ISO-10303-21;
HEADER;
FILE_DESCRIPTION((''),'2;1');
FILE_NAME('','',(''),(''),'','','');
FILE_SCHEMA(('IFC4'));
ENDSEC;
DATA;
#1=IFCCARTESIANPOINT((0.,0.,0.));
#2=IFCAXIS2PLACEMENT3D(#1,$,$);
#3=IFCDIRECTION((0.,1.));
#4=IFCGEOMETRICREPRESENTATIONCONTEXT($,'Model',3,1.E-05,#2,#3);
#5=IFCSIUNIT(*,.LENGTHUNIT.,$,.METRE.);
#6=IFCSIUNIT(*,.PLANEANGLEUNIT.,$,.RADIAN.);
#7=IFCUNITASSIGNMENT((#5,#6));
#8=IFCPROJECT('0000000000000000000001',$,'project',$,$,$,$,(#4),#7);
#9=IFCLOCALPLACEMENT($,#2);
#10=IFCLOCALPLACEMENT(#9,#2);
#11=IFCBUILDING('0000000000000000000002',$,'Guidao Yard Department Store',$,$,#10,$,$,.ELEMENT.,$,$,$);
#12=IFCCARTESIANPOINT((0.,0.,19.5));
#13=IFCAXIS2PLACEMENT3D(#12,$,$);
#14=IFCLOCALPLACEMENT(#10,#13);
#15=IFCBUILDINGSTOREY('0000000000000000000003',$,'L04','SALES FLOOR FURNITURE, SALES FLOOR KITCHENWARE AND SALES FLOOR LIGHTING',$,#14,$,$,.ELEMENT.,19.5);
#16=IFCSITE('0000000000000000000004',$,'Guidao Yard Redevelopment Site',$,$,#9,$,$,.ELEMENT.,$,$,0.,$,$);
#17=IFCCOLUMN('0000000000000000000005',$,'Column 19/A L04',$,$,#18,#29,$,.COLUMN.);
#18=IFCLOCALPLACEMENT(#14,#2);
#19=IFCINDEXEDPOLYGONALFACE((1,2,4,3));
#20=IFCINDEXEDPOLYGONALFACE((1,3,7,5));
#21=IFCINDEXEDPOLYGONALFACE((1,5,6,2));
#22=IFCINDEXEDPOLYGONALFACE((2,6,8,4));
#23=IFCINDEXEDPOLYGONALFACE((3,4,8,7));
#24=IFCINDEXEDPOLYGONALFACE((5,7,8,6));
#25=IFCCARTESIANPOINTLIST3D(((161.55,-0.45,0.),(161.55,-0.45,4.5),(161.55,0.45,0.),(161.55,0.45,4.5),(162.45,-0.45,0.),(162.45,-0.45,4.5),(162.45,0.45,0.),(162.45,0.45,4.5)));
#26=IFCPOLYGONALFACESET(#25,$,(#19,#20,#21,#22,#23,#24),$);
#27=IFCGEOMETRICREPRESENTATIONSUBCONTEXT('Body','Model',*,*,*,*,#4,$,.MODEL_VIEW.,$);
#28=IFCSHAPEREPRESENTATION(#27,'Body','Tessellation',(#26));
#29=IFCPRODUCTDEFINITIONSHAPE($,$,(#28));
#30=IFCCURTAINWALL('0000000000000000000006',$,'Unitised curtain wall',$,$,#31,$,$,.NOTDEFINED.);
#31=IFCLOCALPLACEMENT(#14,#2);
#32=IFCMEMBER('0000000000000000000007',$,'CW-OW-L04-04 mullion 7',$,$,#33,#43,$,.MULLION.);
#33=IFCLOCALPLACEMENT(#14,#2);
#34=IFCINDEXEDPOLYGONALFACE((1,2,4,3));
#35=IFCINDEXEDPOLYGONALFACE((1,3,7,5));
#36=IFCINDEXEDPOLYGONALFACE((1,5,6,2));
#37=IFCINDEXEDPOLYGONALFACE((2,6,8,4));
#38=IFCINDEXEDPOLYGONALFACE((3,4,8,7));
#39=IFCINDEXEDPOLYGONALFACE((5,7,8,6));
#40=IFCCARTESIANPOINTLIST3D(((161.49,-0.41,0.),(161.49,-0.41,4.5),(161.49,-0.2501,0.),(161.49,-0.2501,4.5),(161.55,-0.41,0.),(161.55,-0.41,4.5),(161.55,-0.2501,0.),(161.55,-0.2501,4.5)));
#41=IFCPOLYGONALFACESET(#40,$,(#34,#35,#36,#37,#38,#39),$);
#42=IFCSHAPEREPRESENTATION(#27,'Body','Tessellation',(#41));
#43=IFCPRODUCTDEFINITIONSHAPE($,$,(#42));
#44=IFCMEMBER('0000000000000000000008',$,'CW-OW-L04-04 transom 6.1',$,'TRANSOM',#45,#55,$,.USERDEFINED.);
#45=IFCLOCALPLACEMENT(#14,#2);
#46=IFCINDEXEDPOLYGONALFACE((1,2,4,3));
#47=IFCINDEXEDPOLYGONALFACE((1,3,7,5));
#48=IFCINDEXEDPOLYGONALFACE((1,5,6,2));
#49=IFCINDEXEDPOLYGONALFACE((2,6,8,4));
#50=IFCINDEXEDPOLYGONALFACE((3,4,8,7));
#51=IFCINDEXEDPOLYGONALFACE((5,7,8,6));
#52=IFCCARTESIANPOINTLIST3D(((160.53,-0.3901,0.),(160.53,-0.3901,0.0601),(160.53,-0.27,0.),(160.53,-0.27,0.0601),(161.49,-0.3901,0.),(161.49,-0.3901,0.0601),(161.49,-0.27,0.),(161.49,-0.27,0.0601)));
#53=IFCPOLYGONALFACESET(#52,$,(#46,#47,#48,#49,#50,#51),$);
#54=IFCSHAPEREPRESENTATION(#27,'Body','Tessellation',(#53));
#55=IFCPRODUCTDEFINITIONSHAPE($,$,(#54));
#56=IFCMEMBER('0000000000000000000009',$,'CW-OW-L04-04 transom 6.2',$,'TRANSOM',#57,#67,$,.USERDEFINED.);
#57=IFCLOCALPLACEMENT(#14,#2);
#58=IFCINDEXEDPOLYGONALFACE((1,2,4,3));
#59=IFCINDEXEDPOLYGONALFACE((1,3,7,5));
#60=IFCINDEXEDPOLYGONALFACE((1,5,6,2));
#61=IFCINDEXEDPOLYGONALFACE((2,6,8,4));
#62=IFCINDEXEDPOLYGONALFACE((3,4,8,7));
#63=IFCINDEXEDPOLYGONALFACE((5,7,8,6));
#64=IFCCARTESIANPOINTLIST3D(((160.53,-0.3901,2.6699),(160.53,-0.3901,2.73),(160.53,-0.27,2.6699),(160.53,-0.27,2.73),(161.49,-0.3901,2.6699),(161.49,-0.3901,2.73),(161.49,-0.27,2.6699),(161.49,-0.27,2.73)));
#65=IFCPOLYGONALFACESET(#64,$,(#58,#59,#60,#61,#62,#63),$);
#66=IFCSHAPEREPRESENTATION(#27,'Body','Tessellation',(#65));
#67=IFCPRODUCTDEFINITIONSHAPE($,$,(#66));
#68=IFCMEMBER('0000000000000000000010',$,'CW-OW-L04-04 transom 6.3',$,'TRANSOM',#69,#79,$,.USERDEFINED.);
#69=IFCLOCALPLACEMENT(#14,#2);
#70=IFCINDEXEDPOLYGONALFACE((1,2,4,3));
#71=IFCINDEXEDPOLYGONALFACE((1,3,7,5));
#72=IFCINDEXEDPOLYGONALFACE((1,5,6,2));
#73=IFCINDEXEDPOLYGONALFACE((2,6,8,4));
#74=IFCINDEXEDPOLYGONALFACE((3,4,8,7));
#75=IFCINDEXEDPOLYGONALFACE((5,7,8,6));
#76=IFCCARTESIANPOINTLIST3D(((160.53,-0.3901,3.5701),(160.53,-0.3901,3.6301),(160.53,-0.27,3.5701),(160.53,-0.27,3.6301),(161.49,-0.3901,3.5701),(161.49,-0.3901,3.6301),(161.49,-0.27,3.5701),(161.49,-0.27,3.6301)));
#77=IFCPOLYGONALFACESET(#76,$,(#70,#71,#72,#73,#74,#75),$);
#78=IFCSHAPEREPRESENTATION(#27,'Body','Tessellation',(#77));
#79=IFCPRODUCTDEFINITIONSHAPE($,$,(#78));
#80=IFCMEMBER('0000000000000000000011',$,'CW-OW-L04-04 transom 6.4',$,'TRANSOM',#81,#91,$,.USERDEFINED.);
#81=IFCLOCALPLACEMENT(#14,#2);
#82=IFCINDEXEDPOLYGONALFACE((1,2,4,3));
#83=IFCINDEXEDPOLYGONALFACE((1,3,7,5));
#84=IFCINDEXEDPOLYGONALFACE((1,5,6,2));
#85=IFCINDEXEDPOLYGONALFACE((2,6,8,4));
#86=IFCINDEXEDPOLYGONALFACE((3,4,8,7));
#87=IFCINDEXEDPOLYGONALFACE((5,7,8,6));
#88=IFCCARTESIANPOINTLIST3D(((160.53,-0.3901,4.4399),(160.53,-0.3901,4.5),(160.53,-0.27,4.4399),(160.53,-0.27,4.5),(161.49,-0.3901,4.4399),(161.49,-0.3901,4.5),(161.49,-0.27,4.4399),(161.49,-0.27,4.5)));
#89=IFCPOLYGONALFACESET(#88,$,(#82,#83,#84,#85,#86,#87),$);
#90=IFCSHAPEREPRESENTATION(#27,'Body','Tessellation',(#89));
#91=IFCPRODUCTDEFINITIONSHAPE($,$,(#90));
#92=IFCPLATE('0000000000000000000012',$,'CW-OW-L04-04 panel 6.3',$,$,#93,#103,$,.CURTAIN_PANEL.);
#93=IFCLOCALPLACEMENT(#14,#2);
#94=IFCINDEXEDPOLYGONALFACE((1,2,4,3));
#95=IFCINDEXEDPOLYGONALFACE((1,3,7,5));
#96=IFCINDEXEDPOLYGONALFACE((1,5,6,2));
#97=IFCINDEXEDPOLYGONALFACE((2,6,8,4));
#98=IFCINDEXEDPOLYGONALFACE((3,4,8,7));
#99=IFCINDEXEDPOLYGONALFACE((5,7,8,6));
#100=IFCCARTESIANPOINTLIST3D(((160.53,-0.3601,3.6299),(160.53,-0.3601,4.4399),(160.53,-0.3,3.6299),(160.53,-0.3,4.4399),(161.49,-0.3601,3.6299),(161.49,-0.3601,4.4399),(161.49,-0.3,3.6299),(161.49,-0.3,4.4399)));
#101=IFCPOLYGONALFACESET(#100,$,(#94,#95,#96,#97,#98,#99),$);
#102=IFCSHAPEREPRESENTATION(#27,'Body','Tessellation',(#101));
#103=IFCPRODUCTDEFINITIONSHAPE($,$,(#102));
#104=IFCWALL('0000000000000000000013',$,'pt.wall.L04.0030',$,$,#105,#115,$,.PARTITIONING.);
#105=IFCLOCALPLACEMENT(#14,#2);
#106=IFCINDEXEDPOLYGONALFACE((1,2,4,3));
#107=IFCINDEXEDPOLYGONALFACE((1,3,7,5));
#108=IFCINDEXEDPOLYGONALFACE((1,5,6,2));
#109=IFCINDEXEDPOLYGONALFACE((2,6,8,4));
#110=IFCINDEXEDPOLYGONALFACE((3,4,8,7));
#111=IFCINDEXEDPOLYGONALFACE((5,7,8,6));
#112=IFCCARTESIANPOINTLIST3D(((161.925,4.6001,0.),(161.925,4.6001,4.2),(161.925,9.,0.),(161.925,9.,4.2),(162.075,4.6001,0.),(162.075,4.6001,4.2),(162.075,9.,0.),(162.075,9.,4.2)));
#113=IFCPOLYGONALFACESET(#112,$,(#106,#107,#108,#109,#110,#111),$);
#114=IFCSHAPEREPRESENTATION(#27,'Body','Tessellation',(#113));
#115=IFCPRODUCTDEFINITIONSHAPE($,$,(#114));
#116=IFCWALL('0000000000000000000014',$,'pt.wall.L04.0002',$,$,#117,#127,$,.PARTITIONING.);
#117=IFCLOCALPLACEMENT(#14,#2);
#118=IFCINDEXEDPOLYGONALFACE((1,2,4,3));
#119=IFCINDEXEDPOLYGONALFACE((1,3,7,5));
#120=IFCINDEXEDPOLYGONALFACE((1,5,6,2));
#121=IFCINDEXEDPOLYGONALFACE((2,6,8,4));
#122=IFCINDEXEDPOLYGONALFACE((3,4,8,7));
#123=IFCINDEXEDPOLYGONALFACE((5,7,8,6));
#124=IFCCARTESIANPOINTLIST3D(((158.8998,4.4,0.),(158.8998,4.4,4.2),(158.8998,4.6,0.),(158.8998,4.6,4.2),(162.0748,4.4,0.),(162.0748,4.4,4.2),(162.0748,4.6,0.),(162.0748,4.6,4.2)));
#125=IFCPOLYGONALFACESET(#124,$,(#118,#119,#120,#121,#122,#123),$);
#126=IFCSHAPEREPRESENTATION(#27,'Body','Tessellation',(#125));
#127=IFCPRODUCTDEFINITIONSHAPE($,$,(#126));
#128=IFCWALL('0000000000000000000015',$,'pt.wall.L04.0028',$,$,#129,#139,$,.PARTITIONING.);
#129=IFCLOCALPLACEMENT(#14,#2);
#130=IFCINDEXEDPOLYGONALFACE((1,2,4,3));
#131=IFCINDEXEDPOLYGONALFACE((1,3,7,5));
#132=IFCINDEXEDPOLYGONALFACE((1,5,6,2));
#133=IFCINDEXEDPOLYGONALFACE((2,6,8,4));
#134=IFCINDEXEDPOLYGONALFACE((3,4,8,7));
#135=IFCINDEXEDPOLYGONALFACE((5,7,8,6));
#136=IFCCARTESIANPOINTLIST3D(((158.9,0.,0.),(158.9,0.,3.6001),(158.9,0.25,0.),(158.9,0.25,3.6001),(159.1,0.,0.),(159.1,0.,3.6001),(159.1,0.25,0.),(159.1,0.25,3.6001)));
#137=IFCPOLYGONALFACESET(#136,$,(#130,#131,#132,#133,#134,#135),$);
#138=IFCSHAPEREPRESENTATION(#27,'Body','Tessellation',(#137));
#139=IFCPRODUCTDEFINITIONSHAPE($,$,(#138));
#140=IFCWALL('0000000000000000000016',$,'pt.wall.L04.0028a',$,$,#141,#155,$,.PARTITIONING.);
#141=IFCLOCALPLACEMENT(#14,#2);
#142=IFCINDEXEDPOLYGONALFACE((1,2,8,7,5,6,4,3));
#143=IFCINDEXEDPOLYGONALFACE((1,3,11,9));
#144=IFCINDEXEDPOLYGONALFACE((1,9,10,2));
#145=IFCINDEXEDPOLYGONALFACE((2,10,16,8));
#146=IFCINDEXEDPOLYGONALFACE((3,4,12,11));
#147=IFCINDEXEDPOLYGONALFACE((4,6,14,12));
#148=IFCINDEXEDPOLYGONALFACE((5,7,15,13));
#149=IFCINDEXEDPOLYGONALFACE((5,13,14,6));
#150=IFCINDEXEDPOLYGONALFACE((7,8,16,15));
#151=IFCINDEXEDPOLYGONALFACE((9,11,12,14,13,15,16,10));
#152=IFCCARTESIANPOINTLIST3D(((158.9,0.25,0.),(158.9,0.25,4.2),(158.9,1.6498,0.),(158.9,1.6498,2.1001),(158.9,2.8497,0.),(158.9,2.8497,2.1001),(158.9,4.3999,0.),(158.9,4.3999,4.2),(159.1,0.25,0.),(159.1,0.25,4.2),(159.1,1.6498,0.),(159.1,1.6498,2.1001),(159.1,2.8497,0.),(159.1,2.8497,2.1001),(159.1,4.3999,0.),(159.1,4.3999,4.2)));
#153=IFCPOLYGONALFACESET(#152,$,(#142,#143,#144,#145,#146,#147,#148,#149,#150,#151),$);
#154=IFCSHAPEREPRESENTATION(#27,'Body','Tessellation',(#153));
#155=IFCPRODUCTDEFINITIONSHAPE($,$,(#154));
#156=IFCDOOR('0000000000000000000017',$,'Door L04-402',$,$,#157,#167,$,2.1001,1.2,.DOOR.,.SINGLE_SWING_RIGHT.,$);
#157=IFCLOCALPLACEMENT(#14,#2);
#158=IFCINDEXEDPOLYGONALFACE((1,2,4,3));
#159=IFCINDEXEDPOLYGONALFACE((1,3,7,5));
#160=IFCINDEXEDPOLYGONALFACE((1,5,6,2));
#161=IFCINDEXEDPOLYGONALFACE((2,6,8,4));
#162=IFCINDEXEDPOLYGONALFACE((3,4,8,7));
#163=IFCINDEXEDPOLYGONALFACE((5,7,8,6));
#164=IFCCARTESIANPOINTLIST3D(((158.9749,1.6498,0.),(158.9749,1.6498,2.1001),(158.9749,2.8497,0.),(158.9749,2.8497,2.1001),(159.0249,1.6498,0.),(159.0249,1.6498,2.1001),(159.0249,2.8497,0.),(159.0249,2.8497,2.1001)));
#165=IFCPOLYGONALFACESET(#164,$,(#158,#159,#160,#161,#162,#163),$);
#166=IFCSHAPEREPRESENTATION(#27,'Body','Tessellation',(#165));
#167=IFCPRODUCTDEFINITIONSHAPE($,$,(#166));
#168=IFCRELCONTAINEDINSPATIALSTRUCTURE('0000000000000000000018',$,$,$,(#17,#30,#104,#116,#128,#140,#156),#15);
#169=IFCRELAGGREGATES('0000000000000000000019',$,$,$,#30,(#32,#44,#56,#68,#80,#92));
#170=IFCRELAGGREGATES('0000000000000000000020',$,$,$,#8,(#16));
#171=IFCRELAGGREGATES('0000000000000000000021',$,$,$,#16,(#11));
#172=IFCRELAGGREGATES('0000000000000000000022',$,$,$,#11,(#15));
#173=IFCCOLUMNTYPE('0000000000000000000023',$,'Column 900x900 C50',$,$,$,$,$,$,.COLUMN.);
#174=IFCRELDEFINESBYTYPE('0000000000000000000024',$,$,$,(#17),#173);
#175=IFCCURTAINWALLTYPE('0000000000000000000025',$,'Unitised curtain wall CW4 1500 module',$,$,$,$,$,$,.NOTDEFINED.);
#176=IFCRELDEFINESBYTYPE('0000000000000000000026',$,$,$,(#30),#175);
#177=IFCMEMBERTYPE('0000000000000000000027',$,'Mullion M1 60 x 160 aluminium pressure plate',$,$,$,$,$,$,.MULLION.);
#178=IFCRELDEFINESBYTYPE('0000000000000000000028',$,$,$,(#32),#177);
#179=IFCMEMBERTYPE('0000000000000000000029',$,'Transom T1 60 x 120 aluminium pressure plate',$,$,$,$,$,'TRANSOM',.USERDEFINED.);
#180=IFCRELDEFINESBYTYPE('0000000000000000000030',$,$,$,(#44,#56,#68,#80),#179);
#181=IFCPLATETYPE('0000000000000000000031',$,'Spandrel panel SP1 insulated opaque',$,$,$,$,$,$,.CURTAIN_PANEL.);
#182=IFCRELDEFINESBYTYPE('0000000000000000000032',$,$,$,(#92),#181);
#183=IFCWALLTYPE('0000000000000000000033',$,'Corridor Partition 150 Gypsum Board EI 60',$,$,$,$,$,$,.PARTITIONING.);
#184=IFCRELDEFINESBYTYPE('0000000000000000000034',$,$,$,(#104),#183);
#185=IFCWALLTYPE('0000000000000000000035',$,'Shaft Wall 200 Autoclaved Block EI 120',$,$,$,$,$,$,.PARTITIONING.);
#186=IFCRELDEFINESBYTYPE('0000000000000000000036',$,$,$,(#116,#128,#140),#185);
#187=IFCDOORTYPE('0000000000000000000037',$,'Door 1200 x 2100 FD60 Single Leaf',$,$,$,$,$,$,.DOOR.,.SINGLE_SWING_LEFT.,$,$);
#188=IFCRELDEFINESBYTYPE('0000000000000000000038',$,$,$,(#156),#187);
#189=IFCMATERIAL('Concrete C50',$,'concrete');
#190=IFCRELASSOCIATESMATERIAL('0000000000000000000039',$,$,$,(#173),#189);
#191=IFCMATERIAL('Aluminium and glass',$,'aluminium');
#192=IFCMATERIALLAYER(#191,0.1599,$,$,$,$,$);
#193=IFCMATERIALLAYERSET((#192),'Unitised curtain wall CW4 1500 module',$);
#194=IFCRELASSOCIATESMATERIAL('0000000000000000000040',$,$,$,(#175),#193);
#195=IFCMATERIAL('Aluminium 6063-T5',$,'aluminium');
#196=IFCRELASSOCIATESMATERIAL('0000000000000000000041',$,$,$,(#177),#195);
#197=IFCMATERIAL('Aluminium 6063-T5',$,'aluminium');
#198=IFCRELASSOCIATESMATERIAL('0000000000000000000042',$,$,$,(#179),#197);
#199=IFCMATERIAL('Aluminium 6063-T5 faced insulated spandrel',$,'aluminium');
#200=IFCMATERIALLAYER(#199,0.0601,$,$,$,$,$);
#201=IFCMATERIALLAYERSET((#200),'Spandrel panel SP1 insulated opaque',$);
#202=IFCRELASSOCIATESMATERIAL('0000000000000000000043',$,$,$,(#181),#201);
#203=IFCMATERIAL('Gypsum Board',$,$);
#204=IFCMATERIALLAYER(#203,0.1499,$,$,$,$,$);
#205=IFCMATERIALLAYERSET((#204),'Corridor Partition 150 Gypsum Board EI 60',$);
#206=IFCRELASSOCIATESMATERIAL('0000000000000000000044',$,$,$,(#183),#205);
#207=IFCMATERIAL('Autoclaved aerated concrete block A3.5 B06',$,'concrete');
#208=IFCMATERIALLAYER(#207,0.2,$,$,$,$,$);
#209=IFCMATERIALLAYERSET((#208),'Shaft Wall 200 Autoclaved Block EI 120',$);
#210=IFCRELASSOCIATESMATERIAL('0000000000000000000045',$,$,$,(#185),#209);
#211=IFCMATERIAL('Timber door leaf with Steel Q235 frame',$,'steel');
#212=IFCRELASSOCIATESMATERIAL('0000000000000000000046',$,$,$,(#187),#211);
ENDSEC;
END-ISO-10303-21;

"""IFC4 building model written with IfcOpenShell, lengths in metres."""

from ifc_helpers import new_model, si_unit, direction, frame, frame_2d, origin, origin_2d, place, context, subcontext, project, spatial, rectangle, extrude, material, layer, layer_set, material_profile, profile_set, type_object, element, fill, aggregate, save


model = new_model("IFC4")

# Units and contexts
model_context = context("Model", 3, precision=1e-05, world=origin(), true_north=direction((0.0, 1.0)))
body_context = subcontext(model_context, "Body", "Model", "MODEL_VIEW")
ifc_project = project(units=[si_unit("LENGTHUNIT", "METRE"), si_unit("PLANEANGLEUNIT", "RADIAN")], contexts=[model_context])

# Site, building, storey
site_placement = place(None, origin())
site = spatial("IfcSite", under=ifc_project, at=site_placement, Name="Guidao Yard Redevelopment Site", CompositionType="ELEMENT", RefElevation=0.0)
building_placement = place(site_placement, origin())
building = spatial("IfcBuilding", under=site, at=building_placement, Name="Guidao Yard Department Store", CompositionType="ELEMENT")
storey_placement = place(building_placement, frame((0.0, 0.0, 19.5)))
storey = spatial("IfcBuildingStorey", under=building, at=storey_placement, Name="L04", Description="SALES FLOOR FURNITURE, SALES FLOOR KITCHENWARE AND SALES FLOOR LIGHTING", CompositionType="ELEMENT", Elevation=19.5)

# Column
ifc_material_1 = material(Name="Concrete C50", Category="concrete")
ifc_material_profile_1 = material_profile(ifc_material_1, rectangle(XDim=0.8999, YDim=0.8999, at=origin_2d()), Name="COL 900x900")
ifc_profile_set_1 = profile_set([ifc_material_profile_1], Name="Concrete C50")
column_type = type_object("IfcColumnType", Name="Column 900x900 C50", PredefinedType="COLUMN", material=ifc_profile_set_1)
column_placement = place(storey_placement, frame((162.0, 0.0, 0.0), z_axis=(0.0, 0.0, 1.0), x_axis=(1.0, 0.0, 0.0)))
element("IfcColumn", 1, at=column_placement, inside=storey, type_object=column_type, Name="Column 19/A L04", PredefinedType="COLUMN", context=body_context, shape_type="SweptSolid", body=[
    extrude(rectangle(XDim=0.8999, YDim=0.8999, at=origin_2d()), origin(), (0.0, 0.0, 1.0), 4.5),
])

# Curtain wall, members, plate
ifc_material_2 = material(Name="Aluminium and glass", Category="aluminium")
ifc_layer_1 = layer(ifc_material_2, 0.1599)
ifc_layer_set_1 = layer_set([ifc_layer_1], Name="Unitised curtain wall CW4 1500 module")
curtain_wall_type = type_object("IfcCurtainWallType", Name="Unitised curtain wall CW4 1500 module", PredefinedType="NOTDEFINED", material=ifc_layer_set_1)
curtain_wall_placement = place(storey_placement, origin())
curtain_wall = element("IfcCurtainWall", 2, at=curtain_wall_placement, inside=storey, type_object=curtain_wall_type, Name="Unitised curtain wall", PredefinedType="NOTDEFINED")
ifc_material_3 = material(Name="Aluminium 6063-T5", Category="aluminium")
ifc_material_profile_2 = material_profile(ifc_material_3, rectangle(XDim=0.0601, YDim=0.1599, at=origin_2d()), Name="Mullion M1 60 x 160 aluminium pressure plate")
ifc_profile_set_2 = profile_set([ifc_material_profile_2], Name="Aluminium 6063-T5")
member_type_1 = type_object("IfcMemberType", Name="Mullion M1 60 x 160 aluminium pressure plate", PredefinedType="MULLION", material=ifc_profile_set_2)
member_1_placement = place(storey_placement, frame((161.52, -0.3301, 0.0), z_axis=(0.0, 0.0, 1.0), x_axis=(-1.0, 0.0, 0.0)))
member_1 = element("IfcMember", 3, at=member_1_placement, type_object=member_type_1, Name="CW-OW-L04-04 mullion 7", PredefinedType="MULLION", context=body_context, shape_type="SweptSolid", body=[
    extrude(rectangle(XDim=0.0601, YDim=0.1599, at=origin_2d()), origin(), (0.0, 0.0, 1.0), 4.5),
])
ifc_material_4 = material(Name="Aluminium 6063-T5", Category="aluminium")
ifc_material_profile_3 = material_profile(ifc_material_4, rectangle(XDim=0.1201, YDim=0.0601, at=origin_2d()), Name="Transom T1 60 x 120 aluminium pressure plate")
ifc_profile_set_3 = profile_set([ifc_material_profile_3], Name="Aluminium 6063-T5")
member_type_2 = type_object("IfcMemberType", Name="Transom T1 60 x 120 aluminium pressure plate", ElementType="TRANSOM", PredefinedType="USERDEFINED", material=ifc_profile_set_3)
member_2_placement = place(storey_placement, frame((161.49, -0.3301, 0.03), z_axis=(-1.0, 0.0, 0.0), x_axis=(0.0, -1.0, 0.0)))
member_2 = element("IfcMember", 4, at=member_2_placement, type_object=member_type_2, Name="CW-OW-L04-04 transom 6.1", ObjectType="TRANSOM", PredefinedType="USERDEFINED", context=body_context, shape_type="SweptSolid", body=[
    extrude(rectangle(XDim=0.1201, YDim=0.0601, at=origin_2d()), origin(), (0.0, 0.0, 1.0), 0.96),
])
member_3_placement = place(storey_placement, frame((161.49, -0.3301, 2.7), z_axis=(-1.0, 0.0, 0.0), x_axis=(0.0, -1.0, 0.0)))
member_3 = element("IfcMember", 5, at=member_3_placement, type_object=member_type_2, Name="CW-OW-L04-04 transom 6.2", ObjectType="TRANSOM", PredefinedType="USERDEFINED", context=body_context, shape_type="SweptSolid", body=[
    extrude(rectangle(XDim=0.1201, YDim=0.0601, at=origin_2d()), origin(), (0.0, 0.0, 1.0), 0.96),
])
member_4_placement = place(storey_placement, frame((161.49, -0.3301, 3.6001), z_axis=(-1.0, 0.0, 0.0), x_axis=(0.0, -1.0, 0.0)))
member_4 = element("IfcMember", 6, at=member_4_placement, type_object=member_type_2, Name="CW-OW-L04-04 transom 6.3", ObjectType="TRANSOM", PredefinedType="USERDEFINED", context=body_context, shape_type="SweptSolid", body=[
    extrude(rectangle(XDim=0.1201, YDim=0.0601, at=origin_2d()), origin(), (0.0, 0.0, 1.0), 0.96),
])
member_5_placement = place(storey_placement, frame((161.49, -0.3301, 4.47), z_axis=(-1.0, 0.0, 0.0), x_axis=(0.0, -1.0, 0.0)))
member_5 = element("IfcMember", 7, at=member_5_placement, type_object=member_type_2, Name="CW-OW-L04-04 transom 6.4", ObjectType="TRANSOM", PredefinedType="USERDEFINED", context=body_context, shape_type="SweptSolid", body=[
    extrude(rectangle(XDim=0.1201, YDim=0.0601, at=origin_2d()), origin(), (0.0, 0.0, 1.0), 0.96),
])
ifc_material_5 = material(Name="Aluminium 6063-T5 faced insulated spandrel", Category="aluminium")
ifc_layer_2 = layer(ifc_material_5, 0.0601)
ifc_layer_set_2 = layer_set([ifc_layer_2], Name="Spandrel panel SP1 insulated opaque")
plate_type = type_object("IfcPlateType", Name="Spandrel panel SP1 insulated opaque", PredefinedType="CURTAIN_PANEL", material=ifc_layer_set_2)
plate_placement = place(storey_placement, frame((161.01, -0.3301, 3.6299), z_axis=(0.0, 0.0, 1.0), x_axis=(-1.0, 0.0, 0.0)))
plate = element("IfcPlate", 8, at=plate_placement, type_object=plate_type, Name="CW-OW-L04-04 panel 6.3", PredefinedType="CURTAIN_PANEL", context=body_context, shape_type="SweptSolid", body=[
    extrude(rectangle(XDim=0.96, YDim=0.0601, at=origin_2d()), origin(), (0.0, 0.0, 1.0), 0.8101),
])
aggregate(curtain_wall, [member_1, member_2, member_3, member_4, member_5, plate])

# Walls
ifc_material_6 = material(Name="Gypsum Board")
ifc_layer_3 = layer(ifc_material_6, 0.1499)
ifc_layer_set_3 = layer_set([ifc_layer_3], Name="Corridor Partition 150 Gypsum Board EI 60")
wall_type_1 = type_object("IfcWallType", Name="Corridor Partition 150 Gypsum Board EI 60", PredefinedType="PARTITIONING", material=ifc_layer_set_3)
wall_1_placement = place(storey_placement, frame((162.0, 4.6001, 0.0), z_axis=(0.0, 0.0, 1.0), x_axis=(0.0, 1.0, 0.0)))
element("IfcWall", 9, at=wall_1_placement, inside=storey, type_object=wall_type_1, Name="pt.wall.L04.0030", PredefinedType="PARTITIONING", context=body_context, shape_type="SweptSolid", body=[
    extrude(rectangle(XDim=4.3999, YDim=0.1499, at=frame_2d((2.2, 0.0))), origin(), (0.0, 0.0, 1.0), 4.2),
])
ifc_material_7 = material(Name="Autoclaved aerated concrete block A3.5 B06", Category="concrete")
ifc_layer_4 = layer(ifc_material_7, 0.2)
ifc_layer_set_4 = layer_set([ifc_layer_4], Name="Shaft Wall 200 Autoclaved Block EI 120")
wall_type_2 = type_object("IfcWallType", Name="Shaft Wall 200 Autoclaved Block EI 120", PredefinedType="PARTITIONING", material=ifc_layer_set_4)
wall_2_placement = place(storey_placement, frame((158.8999, 4.5, 0.0), z_axis=(0.0, 0.0, 1.0), x_axis=(1.0, 0.0, 0.0)))
element("IfcWall", 10, at=wall_2_placement, inside=storey, type_object=wall_type_2, Name="pt.wall.L04.0002", PredefinedType="PARTITIONING", context=body_context, shape_type="SweptSolid", body=[
    extrude(rectangle(XDim=3.175, YDim=0.2, at=frame_2d((1.5874, 0.0))), origin(), (0.0, 0.0, 1.0), 4.2),
])
wall_3_placement = place(storey_placement, frame((159.0, 0.0, 0.0), z_axis=(0.0, 0.0, 1.0), x_axis=(0.0, 1.0, 0.0)))
element("IfcWall", 11, at=wall_3_placement, inside=storey, type_object=wall_type_2, Name="pt.wall.L04.0028", PredefinedType="PARTITIONING", context=body_context, shape_type="SweptSolid", body=[
    extrude(rectangle(XDim=0.25, YDim=0.2, at=frame_2d((0.125, 0.0))), origin(), (0.0, 0.0, 1.0), 3.6001),
])

# Wall, opening, door
wall_4_placement = place(storey_placement, frame((159.0, 0.25, 0.0), z_axis=(0.0, 0.0, 1.0), x_axis=(0.0, 1.0, 0.0)))
wall_4 = element("IfcWall", 12, at=wall_4_placement, inside=storey, type_object=wall_type_2, Name="pt.wall.L04.0028a", PredefinedType="PARTITIONING", context=body_context, shape_type="SweptSolid", body=[
    extrude(rectangle(XDim=4.1499, YDim=0.2, at=frame_2d((2.075, 0.0))), origin(), (0.0, 0.0, 1.0), 4.2),
])
opening_1_placement = place(wall_4_placement, frame((2.5999, 0.0, 0.0), z_axis=(0.0, 0.0, 1.0), x_axis=(-1.0, 0.0, 0.0)))
opening_1 = element("IfcOpeningElement", 13, at=opening_1_placement, cuts=wall_4, PredefinedType="OPENING", context=body_context, shape_type="SweptSolid", body=[
    extrude(rectangle(XDim=1.2, YDim=2.1001, at=frame_2d((0.6001, 1.05))), frame((0.0, 0.1099, 0.0), z_axis=(0.0, -1.0, 0.0), x_axis=(1.0, 0.0, 0.0)), (0.0, 0.0, 1.0), 0.22),
])
ifc_material_8 = material(Name="Timber door leaf with Steel Q235 frame", Category="steel")
door_type_1 = type_object("IfcDoorType", Name="Door 1200 x 2100 FD60 Single Leaf", OperationType="SINGLE_SWING_LEFT", PredefinedType="DOOR", material=ifc_material_8)
door_1_placement = place(opening_1_placement, origin())
door_1 = element("IfcDoor", 14, at=door_1_placement, inside=storey, type_object=door_type_1, Name="Door L04-402", OperationType="SINGLE_SWING_RIGHT", OverallHeight=2.1001, OverallWidth=1.2, PredefinedType="DOOR", context=body_context, shape_type="SweptSolid", body=[
    extrude(rectangle(XDim=1.2, YDim=2.1001, at=frame_2d((0.6001, 1.05))), frame((0.0, 0.0249, 0.0), z_axis=(0.0, -1.0, 0.0), x_axis=(1.0, 0.0, 0.0)), (0.0, 0.0, 1.0), 0.05),
])
fill(opening_1, door_1)

save(model, "model.ifc")
